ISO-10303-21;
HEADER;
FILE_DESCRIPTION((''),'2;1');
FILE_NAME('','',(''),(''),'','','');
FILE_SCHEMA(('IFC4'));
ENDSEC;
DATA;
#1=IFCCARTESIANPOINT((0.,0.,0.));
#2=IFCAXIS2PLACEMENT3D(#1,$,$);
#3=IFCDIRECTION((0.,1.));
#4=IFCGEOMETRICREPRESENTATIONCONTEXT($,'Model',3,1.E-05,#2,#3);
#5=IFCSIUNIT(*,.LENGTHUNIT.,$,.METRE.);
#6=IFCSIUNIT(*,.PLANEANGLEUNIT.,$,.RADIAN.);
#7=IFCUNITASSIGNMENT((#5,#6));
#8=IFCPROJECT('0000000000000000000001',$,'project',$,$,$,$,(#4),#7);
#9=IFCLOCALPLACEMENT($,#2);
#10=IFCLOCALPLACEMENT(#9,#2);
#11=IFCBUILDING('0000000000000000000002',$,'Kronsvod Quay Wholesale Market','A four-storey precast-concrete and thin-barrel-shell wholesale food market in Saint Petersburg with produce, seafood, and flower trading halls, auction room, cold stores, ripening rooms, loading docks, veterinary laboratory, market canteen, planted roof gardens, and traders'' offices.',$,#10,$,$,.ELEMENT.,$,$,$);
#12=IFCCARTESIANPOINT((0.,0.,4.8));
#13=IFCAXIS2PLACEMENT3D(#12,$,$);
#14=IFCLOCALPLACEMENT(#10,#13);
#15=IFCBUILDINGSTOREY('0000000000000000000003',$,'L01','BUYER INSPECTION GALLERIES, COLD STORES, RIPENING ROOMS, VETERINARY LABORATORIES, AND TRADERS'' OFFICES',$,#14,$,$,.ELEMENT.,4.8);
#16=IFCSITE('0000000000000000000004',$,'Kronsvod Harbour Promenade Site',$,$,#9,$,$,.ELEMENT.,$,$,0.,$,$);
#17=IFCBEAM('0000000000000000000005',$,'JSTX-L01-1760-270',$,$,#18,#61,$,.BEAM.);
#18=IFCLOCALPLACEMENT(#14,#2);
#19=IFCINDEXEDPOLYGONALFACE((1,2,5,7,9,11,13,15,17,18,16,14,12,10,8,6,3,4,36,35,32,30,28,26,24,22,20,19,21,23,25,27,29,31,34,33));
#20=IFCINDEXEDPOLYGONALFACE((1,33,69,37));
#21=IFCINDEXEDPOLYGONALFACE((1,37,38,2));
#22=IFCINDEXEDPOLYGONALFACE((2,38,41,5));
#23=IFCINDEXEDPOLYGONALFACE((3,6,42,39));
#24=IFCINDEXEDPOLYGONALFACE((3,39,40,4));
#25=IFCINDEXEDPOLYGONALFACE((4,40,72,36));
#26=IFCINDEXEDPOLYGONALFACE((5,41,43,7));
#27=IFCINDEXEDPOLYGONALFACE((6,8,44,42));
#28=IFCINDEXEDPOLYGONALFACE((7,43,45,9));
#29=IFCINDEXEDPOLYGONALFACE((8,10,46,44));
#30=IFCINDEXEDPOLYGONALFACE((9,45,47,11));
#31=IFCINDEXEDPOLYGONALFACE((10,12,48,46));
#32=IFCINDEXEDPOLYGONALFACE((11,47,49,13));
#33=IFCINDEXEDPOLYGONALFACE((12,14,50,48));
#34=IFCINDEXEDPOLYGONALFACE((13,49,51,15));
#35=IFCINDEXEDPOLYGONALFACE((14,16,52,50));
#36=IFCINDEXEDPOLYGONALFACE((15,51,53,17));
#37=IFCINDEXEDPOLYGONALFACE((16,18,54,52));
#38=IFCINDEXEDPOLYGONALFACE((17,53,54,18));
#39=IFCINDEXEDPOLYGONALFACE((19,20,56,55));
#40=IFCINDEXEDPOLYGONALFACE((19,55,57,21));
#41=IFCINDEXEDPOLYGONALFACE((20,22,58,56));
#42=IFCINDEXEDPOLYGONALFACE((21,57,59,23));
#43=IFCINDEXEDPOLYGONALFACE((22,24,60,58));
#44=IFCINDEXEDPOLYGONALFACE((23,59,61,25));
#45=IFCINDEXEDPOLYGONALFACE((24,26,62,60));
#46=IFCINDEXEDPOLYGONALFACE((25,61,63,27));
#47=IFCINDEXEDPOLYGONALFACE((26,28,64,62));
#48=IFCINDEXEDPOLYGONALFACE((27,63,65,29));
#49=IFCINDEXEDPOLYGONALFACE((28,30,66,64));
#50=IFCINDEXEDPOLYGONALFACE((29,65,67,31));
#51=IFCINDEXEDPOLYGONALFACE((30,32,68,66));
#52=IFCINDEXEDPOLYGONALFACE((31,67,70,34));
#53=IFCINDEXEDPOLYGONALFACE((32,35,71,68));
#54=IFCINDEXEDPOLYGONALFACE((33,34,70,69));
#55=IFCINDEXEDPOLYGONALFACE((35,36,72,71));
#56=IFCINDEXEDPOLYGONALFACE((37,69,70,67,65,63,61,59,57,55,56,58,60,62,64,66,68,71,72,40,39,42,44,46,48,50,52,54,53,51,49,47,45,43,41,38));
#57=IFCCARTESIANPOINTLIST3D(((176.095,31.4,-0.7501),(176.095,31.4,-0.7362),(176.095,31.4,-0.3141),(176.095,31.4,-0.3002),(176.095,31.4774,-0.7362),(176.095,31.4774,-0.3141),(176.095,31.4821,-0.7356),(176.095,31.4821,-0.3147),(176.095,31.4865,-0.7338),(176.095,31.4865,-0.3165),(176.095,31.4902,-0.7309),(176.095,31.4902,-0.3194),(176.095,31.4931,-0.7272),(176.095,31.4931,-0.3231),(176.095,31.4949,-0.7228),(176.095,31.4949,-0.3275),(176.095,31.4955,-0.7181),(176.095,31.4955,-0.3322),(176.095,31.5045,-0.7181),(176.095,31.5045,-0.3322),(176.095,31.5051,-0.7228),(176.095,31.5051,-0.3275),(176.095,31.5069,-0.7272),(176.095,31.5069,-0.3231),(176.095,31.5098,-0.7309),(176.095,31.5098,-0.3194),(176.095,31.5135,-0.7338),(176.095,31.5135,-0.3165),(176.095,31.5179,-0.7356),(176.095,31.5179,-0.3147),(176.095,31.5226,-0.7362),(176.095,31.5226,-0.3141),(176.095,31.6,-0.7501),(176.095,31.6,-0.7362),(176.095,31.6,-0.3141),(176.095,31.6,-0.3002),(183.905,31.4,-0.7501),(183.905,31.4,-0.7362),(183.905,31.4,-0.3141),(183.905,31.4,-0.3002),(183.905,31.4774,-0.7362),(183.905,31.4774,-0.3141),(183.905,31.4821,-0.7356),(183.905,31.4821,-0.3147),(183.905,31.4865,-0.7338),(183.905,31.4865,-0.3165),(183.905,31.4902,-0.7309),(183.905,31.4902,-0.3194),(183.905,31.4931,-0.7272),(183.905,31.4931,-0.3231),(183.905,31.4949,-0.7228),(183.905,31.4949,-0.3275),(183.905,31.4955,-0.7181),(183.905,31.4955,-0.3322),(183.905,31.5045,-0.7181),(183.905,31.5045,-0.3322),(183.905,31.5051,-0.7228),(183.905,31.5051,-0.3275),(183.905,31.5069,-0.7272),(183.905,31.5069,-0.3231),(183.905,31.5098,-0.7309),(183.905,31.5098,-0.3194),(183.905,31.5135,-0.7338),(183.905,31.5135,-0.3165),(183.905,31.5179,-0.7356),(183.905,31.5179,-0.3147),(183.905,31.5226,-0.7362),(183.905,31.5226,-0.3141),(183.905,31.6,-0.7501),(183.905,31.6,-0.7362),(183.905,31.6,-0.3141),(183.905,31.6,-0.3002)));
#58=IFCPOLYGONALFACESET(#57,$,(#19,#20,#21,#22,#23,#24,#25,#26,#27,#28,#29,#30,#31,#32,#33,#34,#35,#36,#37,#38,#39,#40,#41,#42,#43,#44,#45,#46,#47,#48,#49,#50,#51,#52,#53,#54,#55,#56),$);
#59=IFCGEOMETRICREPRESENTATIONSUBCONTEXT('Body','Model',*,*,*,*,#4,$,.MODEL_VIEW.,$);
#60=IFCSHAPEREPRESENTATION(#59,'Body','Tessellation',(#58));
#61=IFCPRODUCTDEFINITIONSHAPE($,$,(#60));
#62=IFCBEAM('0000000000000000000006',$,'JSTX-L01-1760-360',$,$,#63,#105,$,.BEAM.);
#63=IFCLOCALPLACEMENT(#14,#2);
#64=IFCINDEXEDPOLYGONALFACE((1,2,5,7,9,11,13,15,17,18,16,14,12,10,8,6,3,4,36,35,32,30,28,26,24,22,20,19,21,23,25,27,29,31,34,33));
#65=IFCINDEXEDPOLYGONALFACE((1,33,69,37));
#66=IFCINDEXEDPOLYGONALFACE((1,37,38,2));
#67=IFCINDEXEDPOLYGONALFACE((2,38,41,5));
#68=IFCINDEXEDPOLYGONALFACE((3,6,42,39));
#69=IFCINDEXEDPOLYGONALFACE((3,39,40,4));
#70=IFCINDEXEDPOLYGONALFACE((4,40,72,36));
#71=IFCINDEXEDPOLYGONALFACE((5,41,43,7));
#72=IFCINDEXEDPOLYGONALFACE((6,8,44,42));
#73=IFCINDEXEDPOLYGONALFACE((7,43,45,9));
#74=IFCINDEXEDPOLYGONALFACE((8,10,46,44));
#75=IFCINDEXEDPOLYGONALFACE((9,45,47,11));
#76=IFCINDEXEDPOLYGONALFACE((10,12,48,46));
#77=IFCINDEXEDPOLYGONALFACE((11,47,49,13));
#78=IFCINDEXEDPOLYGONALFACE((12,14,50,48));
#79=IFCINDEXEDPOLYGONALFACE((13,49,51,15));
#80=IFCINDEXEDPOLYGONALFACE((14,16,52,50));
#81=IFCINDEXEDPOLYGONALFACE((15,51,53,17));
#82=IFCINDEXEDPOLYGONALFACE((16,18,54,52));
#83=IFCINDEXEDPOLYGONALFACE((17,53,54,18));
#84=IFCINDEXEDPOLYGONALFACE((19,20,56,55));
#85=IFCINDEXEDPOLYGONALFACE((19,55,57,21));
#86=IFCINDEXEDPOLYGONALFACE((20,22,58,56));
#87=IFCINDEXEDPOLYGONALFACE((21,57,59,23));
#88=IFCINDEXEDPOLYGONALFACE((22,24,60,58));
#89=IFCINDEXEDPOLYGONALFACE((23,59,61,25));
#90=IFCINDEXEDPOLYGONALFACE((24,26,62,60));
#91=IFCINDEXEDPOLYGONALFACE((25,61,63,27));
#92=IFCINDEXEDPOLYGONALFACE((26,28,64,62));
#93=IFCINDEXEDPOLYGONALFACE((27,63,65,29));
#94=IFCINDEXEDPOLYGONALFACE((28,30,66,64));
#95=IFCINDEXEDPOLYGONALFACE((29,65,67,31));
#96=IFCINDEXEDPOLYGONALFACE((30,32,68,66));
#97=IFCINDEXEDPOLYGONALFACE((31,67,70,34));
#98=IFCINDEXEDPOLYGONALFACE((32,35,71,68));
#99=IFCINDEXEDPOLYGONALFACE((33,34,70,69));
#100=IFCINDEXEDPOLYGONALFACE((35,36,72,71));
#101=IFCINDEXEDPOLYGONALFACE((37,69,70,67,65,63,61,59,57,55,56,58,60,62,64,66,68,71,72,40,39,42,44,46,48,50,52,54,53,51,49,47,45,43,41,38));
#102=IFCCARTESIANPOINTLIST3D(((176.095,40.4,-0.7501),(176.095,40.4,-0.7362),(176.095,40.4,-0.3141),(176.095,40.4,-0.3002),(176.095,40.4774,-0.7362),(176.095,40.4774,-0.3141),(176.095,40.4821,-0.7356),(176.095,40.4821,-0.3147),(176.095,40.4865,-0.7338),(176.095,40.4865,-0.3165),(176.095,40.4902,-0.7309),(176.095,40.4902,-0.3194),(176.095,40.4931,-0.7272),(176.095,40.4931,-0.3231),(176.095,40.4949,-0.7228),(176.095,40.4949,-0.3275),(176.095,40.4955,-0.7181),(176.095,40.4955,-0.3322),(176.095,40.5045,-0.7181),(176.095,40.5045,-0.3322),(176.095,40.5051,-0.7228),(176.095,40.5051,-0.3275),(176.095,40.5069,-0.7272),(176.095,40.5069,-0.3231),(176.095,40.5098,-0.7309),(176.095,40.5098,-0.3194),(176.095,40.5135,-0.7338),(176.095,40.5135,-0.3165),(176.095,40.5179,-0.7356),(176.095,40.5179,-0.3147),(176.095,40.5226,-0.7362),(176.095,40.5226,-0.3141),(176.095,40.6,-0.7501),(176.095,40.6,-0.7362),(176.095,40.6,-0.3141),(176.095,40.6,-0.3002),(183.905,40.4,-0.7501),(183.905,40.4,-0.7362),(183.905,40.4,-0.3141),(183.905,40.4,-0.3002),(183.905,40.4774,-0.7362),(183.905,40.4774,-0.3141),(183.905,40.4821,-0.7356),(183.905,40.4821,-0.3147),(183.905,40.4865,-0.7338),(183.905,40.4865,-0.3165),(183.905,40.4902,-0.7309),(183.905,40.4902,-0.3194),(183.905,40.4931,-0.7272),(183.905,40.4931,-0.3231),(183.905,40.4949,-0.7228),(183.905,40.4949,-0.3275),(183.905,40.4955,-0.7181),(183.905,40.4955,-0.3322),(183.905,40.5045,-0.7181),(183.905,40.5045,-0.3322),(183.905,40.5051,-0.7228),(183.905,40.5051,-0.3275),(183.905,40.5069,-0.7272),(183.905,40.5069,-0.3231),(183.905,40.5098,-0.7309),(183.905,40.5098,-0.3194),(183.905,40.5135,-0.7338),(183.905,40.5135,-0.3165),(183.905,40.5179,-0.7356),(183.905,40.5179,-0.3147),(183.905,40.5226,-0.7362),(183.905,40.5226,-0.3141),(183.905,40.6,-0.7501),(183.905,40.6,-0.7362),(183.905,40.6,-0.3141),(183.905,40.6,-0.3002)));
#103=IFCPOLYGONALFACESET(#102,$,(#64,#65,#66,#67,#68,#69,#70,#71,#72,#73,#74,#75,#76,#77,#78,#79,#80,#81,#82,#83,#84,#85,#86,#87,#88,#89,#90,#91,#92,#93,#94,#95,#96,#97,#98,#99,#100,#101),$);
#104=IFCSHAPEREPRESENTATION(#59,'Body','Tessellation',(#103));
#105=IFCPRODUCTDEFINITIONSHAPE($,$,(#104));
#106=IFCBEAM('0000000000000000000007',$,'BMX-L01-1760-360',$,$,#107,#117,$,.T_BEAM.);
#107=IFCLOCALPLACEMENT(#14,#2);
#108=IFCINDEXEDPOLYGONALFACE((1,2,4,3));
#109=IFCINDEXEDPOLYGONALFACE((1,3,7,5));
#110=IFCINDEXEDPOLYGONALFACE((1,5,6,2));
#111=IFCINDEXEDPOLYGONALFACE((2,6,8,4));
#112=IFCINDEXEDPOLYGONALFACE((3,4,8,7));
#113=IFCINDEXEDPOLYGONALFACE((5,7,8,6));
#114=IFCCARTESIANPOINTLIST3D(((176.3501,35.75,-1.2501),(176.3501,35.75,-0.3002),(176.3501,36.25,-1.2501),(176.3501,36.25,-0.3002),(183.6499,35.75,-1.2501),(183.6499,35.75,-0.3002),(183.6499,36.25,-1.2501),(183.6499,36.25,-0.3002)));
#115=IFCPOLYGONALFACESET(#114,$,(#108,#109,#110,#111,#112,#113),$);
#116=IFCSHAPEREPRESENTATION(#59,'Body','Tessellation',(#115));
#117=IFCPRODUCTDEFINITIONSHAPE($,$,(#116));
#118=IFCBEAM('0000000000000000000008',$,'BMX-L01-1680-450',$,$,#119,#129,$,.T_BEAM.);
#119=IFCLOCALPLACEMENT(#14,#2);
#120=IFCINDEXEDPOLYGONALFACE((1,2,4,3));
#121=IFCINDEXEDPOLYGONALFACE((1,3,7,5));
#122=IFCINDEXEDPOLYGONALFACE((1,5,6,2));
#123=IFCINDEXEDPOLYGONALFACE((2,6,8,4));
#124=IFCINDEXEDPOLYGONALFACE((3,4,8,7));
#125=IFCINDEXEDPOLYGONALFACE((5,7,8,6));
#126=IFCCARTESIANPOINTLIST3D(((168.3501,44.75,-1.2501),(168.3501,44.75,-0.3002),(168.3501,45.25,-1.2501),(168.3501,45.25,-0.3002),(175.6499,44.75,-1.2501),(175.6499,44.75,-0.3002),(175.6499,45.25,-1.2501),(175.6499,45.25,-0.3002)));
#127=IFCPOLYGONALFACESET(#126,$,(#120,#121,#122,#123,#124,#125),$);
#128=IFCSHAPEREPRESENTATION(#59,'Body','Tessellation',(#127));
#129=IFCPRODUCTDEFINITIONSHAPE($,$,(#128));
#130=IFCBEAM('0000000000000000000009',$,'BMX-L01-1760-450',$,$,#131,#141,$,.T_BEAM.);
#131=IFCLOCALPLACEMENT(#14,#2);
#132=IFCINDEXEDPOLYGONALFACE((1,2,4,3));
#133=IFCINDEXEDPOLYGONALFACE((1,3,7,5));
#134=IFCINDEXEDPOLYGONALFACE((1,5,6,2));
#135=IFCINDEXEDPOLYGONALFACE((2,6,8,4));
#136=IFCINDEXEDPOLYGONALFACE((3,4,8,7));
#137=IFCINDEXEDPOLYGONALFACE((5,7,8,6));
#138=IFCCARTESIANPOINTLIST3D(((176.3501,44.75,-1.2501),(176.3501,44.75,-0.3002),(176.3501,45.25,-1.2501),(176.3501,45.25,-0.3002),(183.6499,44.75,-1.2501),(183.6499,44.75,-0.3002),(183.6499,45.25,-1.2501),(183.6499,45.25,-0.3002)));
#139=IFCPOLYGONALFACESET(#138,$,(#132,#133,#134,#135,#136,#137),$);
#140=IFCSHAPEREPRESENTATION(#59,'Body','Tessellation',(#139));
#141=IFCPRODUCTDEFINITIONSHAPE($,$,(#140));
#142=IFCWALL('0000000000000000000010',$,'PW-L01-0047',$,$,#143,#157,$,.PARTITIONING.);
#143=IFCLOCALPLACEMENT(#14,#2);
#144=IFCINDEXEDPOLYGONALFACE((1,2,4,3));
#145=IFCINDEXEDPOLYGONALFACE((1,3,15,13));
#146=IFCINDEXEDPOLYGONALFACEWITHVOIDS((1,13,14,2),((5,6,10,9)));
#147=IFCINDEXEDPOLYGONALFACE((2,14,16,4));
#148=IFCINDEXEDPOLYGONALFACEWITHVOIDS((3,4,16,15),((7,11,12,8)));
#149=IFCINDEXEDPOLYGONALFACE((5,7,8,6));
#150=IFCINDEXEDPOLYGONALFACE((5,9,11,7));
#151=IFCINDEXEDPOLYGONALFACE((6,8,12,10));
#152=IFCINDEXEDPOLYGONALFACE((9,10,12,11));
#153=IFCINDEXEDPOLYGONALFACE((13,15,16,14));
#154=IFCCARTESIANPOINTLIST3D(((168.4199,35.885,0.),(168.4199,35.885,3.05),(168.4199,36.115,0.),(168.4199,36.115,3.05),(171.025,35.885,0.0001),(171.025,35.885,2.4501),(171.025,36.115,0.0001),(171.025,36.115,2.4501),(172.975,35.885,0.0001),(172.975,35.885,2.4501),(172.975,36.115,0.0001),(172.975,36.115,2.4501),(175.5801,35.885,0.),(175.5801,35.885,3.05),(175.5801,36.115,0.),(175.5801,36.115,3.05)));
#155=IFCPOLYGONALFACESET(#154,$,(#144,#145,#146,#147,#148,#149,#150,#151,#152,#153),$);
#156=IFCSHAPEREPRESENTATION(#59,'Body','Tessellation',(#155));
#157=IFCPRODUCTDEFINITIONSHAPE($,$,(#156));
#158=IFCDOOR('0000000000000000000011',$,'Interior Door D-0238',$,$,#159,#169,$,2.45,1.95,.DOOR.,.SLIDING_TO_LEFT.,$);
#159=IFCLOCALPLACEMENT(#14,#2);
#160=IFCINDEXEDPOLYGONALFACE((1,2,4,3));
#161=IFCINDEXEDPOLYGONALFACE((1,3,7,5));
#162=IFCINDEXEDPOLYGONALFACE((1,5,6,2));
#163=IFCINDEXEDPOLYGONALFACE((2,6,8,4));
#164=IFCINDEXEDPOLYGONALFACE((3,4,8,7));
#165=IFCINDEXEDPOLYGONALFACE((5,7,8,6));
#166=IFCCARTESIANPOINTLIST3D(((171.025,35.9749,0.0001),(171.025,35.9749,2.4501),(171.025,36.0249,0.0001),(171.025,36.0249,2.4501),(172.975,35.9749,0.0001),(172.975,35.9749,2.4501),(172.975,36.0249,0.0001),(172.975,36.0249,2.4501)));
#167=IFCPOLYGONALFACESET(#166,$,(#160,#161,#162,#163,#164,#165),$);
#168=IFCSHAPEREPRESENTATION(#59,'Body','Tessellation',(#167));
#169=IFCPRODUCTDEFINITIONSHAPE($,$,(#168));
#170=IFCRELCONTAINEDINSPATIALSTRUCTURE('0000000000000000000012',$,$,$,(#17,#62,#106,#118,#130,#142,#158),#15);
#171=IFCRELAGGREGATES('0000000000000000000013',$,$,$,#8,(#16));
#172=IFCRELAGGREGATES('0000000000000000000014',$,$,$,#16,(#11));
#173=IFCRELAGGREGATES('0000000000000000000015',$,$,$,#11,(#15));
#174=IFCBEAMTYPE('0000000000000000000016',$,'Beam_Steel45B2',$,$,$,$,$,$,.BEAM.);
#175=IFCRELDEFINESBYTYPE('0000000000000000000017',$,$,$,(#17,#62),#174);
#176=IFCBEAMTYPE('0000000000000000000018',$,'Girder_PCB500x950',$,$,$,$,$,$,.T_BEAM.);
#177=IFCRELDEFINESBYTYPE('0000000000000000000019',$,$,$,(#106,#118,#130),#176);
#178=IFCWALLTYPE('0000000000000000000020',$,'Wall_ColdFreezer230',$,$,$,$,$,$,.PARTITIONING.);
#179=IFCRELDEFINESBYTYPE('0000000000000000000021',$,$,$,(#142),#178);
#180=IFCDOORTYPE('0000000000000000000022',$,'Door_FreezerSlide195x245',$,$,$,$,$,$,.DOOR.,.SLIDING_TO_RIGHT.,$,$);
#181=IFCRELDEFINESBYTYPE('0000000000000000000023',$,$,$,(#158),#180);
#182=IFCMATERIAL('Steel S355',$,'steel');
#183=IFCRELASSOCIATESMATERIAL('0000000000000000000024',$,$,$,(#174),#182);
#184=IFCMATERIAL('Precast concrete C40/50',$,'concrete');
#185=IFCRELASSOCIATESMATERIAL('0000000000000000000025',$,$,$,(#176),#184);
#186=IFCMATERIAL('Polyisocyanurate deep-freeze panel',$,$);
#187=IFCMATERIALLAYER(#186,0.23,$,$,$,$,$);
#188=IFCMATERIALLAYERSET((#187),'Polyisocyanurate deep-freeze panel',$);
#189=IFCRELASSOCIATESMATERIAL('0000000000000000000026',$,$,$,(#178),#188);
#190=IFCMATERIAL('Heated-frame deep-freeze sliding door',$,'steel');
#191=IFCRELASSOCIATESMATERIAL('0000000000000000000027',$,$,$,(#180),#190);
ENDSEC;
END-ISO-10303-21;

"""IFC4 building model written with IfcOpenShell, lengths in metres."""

from ifc_helpers import new_model, si_unit, direction, frame, frame_2d, origin, origin_2d, place, context, subcontext, project, spatial, rectangle, i_section, extrude, material, layer, layer_set, material_profile, profile_set, type_object, element, fill, save


model = new_model("IFC4")

# Units and contexts
model_context = context("Model", 3, precision=1e-05, world=origin(), true_north=direction((0.0, 1.0)))
body_context = subcontext(model_context, "Body", "Model", "MODEL_VIEW")
ifc_project = project(units=[si_unit("LENGTHUNIT", "METRE"), si_unit("PLANEANGLEUNIT", "RADIAN")], contexts=[model_context])

# Site, building, storey
site_placement = place(None, origin())
site = spatial("IfcSite", under=ifc_project, at=site_placement, Name="Kronsvod Harbour Promenade Site", CompositionType="ELEMENT", RefElevation=0.0)
building_placement = place(site_placement, origin())
building = spatial("IfcBuilding", under=site, at=building_placement, Name="Kronsvod Quay Wholesale Market", Description="A four-storey precast-concrete and thin-barrel-shell wholesale food market in Saint Petersburg with produce, seafood, and flower trading halls, auction room, cold stores, ripening rooms, loading docks, veterinary laboratory, market canteen, planted roof gardens, and traders' offices.", CompositionType="ELEMENT")
storey_placement = place(building_placement, frame((0.0, 0.0, 4.8)))
storey = spatial("IfcBuildingStorey", under=building, at=storey_placement, Name="L01", Description="BUYER INSPECTION GALLERIES, COLD STORES, RIPENING ROOMS, VETERINARY LABORATORIES, AND TRADERS' OFFICES", CompositionType="ELEMENT", Elevation=4.8)

# Beams
ifc_material_1 = material(Name="Steel S355", Category="steel")
ifc_material_profile_1 = material_profile(ifc_material_1, i_section(OverallWidth=0.2, OverallDepth=0.45, WebThickness=0.009, FlangeThickness=0.0139, FilletRadius=0.0181, at=origin_2d()), Name="45B2")
ifc_profile_set_1 = profile_set([ifc_material_profile_1], Name="Steel S355")
beam_type_1 = type_object("IfcBeamType", Name="Beam_Steel45B2", PredefinedType="BEAM", material=ifc_profile_set_1)
for number, where, z_axis, x_axis, name in (
    (1, (176.095, 31.5, -0.5251), (1.0, 0.0, 0.0), (0.0, 1.0, 0.0), "JSTX-L01-1760-270"),
    (2, (176.095, 40.5, -0.5251), (1.0, 0.0, 0.0), (0.0, 1.0, 0.0), "JSTX-L01-1760-360"),
):
    element("IfcBeam", number, at=place(storey_placement, frame(where, z_axis=z_axis, x_axis=x_axis)), inside=storey, type_object=beam_type_1, Name=name, PredefinedType="BEAM", context=body_context, shape_type="SweptSolid", body=[
        extrude(i_section(OverallWidth=0.2, OverallDepth=0.45, WebThickness=0.009, FlangeThickness=0.0139, FilletRadius=0.0181, at=origin_2d()), origin(), (0.0, 0.0, 1.0), 7.8101),
    ])
ifc_material_2 = material(Name="Precast concrete C40/50", Category="concrete")
ifc_material_profile_2 = material_profile(ifc_material_2, rectangle(XDim=0.5, YDim=0.95, at=origin_2d()), Name="PCB500x950")
ifc_profile_set_2 = profile_set([ifc_material_profile_2], Name="Precast concrete C40/50")
beam_type_2 = type_object("IfcBeamType", Name="Girder_PCB500x950", PredefinedType="T_BEAM", material=ifc_profile_set_2)
for number, where, z_axis, x_axis, name in (
    (3, (176.3501, 36.0, -0.7751), (1.0, 0.0, 0.0), (0.0, 1.0, 0.0), "BMX-L01-1760-360"),
    (4, (168.3501, 45.0, -0.7751), (1.0, 0.0, 0.0), (0.0, 1.0, 0.0), "BMX-L01-1680-450"),
    (5, (176.3501, 45.0, -0.7751), (1.0, 0.0, 0.0), (0.0, 1.0, 0.0), "BMX-L01-1760-450"),
):
    element("IfcBeam", number, at=place(storey_placement, frame(where, z_axis=z_axis, x_axis=x_axis)), inside=storey, type_object=beam_type_2, Name=name, PredefinedType="T_BEAM", context=body_context, shape_type="SweptSolid", body=[
        extrude(rectangle(XDim=0.5, YDim=0.95, at=origin_2d()), origin(), (0.0, 0.0, 1.0), 7.2998),
    ])

# Wall, opening, door
ifc_material_3 = material(Name="Polyisocyanurate deep-freeze panel")
ifc_layer_1 = layer(ifc_material_3, 0.23)
ifc_layer_set_1 = layer_set([ifc_layer_1], Name="Polyisocyanurate deep-freeze panel")
wall_type_1 = type_object("IfcWallType", Name="Wall_ColdFreezer230", PredefinedType="PARTITIONING", material=ifc_layer_set_1)
wall_1_placement = place(storey_placement, frame((168.4199, 36.0, 0.0), z_axis=(0.0, 0.0, 1.0), x_axis=(1.0, 0.0, 0.0)))
wall_1 = element("IfcWall", 6, at=wall_1_placement, inside=storey, type_object=wall_type_1, Name="PW-L01-0047", PredefinedType="PARTITIONING", context=body_context, shape_type="SweptSolid", body=[
    extrude(rectangle(XDim=7.1602, YDim=0.23, at=frame_2d((3.5801, 0.0))), origin(), (0.0, 0.0, 1.0), 3.05),
])
opening_1_placement = place(wall_1_placement, frame((2.605, 0.0, 0.0)))
opening_1 = element("IfcOpeningElement", 7, at=opening_1_placement, cuts=wall_1, PredefinedType="OPENING", context=body_context, shape_type="SweptSolid", body=[
    extrude(rectangle(XDim=1.95, YDim=2.45, at=frame_2d((0.9751, 1.2251))), frame((0.0, 0.125, 0.0), z_axis=(0.0, -1.0, 0.0), x_axis=(1.0, 0.0, 0.0)), (0.0, 0.0, 1.0), 0.25),
])
ifc_material_4 = material(Name="Heated-frame deep-freeze sliding door", Category="steel")
door_type_1 = type_object("IfcDoorType", Name="Door_FreezerSlide195x245", OperationType="SLIDING_TO_RIGHT", PredefinedType="DOOR", material=ifc_material_4)
door_1_placement = place(opening_1_placement, origin())
door_1 = element("IfcDoor", 8, at=door_1_placement, inside=storey, type_object=door_type_1, Name="Interior Door D-0238", OperationType="SLIDING_TO_LEFT", OverallHeight=2.45, OverallWidth=1.95, PredefinedType="DOOR", context=body_context, shape_type="SweptSolid", body=[
    extrude(rectangle(XDim=1.95, YDim=2.45, at=frame_2d((0.9751, 1.2251))), frame((0.0, 0.0249, 0.0), z_axis=(0.0, -1.0, 0.0), x_axis=(1.0, 0.0, 0.0)), (0.0, 0.0, 1.0), 0.05),
])
fill(opening_1, door_1)

save(model, "model.ifc")
